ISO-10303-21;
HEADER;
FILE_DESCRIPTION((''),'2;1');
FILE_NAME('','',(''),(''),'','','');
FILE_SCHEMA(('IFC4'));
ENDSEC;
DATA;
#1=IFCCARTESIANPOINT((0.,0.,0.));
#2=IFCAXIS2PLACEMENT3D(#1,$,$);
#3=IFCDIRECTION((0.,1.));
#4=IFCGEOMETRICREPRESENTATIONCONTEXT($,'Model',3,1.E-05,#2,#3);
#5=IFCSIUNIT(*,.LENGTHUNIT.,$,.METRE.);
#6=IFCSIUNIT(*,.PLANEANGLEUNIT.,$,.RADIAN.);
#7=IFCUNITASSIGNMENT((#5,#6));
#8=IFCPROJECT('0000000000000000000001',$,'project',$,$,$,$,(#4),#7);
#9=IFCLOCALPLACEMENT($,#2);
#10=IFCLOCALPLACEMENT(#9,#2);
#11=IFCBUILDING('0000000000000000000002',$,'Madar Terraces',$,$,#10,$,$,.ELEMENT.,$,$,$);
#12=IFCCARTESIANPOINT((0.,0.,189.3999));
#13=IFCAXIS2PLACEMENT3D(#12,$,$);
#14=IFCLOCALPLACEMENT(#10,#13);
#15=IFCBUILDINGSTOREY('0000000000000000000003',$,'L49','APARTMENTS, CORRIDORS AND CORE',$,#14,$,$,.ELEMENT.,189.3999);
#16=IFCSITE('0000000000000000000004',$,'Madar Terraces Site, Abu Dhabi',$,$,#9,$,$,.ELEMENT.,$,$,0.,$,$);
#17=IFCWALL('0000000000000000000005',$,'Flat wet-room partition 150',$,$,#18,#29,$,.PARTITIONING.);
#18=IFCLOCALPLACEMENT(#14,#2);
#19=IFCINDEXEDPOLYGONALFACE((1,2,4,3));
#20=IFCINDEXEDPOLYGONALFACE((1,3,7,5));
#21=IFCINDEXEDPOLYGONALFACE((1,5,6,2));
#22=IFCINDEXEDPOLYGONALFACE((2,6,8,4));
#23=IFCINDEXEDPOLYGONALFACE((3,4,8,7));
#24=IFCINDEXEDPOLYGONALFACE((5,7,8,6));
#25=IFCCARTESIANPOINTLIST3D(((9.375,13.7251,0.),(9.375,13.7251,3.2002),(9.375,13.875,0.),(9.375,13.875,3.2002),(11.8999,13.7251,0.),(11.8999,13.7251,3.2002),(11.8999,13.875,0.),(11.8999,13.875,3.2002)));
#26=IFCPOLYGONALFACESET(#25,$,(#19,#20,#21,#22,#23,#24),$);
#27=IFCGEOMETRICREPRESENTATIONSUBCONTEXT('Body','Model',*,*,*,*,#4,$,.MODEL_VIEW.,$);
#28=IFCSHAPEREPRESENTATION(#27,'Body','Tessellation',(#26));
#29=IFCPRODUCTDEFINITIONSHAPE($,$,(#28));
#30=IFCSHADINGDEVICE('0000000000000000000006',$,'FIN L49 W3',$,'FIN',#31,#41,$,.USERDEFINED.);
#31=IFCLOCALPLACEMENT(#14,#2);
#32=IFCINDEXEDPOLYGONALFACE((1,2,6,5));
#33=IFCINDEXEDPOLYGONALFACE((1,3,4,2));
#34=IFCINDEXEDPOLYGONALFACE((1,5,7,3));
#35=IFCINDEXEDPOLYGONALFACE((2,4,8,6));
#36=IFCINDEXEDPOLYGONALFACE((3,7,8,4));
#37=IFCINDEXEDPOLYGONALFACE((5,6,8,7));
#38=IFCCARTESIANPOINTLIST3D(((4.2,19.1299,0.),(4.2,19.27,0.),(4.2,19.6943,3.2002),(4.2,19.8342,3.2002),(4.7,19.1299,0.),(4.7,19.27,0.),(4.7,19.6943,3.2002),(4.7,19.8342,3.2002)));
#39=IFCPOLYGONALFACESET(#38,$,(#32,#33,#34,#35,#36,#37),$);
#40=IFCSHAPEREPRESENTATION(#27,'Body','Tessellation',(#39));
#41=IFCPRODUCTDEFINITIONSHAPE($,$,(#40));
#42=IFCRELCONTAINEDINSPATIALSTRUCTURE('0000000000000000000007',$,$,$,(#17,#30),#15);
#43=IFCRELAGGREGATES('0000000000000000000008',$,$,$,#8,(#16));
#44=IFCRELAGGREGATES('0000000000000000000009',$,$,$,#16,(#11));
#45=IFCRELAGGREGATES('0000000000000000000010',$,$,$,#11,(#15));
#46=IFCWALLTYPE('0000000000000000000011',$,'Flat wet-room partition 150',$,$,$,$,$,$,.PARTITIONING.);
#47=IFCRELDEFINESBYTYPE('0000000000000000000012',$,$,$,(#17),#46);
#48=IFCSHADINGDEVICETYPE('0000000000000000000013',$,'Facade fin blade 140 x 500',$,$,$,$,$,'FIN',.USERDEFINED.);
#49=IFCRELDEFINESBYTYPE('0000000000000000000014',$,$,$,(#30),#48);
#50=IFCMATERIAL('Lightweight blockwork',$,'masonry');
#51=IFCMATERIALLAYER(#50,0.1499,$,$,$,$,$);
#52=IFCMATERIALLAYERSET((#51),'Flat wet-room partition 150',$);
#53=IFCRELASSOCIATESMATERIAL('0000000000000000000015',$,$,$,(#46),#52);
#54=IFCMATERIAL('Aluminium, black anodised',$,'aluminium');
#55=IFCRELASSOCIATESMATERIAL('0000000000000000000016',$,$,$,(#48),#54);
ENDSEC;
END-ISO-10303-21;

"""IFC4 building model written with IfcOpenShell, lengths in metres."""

from ifc_helpers import new_model, si_unit, direction, frame, frame_2d, origin, place, context, subcontext, project, spatial, polyline, rectangle, outline, extrude, material, layer, layer_set, type_object, element, save


model = new_model("IFC4")

# Units and contexts
model_context = context("Model", 3, precision=1e-05, world=origin(), true_north=direction((0.0, 1.0)))
body_context = subcontext(model_context, "Body", "Model", "MODEL_VIEW")
ifc_project = project(units=[si_unit("LENGTHUNIT", "METRE"), si_unit("PLANEANGLEUNIT", "RADIAN")], contexts=[model_context])

# Site, building, storey
site_placement = place(None, origin())
site = spatial("IfcSite", under=ifc_project, at=site_placement, Name="Madar Terraces Site, Abu Dhabi", CompositionType="ELEMENT", RefElevation=0.0)
building_placement = place(site_placement, origin())
building = spatial("IfcBuilding", under=site, at=building_placement, Name="Madar Terraces", CompositionType="ELEMENT")
storey_placement = place(building_placement, frame((0.0, 0.0, 189.3999)))
storey = spatial("IfcBuildingStorey", under=building, at=storey_placement, Name="L49", Description="APARTMENTS, CORRIDORS AND CORE", CompositionType="ELEMENT", Elevation=189.3999)

# Wall
ifc_material_1 = material(Name="Lightweight blockwork", Category="masonry")
ifc_layer_1 = layer(ifc_material_1, 0.1499)
ifc_layer_set_1 = layer_set([ifc_layer_1], Name="Flat wet-room partition 150")
wall_type_1 = type_object("IfcWallType", Name="Flat wet-room partition 150", PredefinedType="PARTITIONING", material=ifc_layer_set_1)
wall_1_placement = place(storey_placement, frame((11.8999, 13.8, 0.0), z_axis=(0.0, 0.0, 1.0), x_axis=(-1.0, 0.0, 0.0)))
element("IfcWall", 1, at=wall_1_placement, inside=storey, type_object=wall_type_1, Name="Flat wet-room partition 150", PredefinedType="PARTITIONING", context=body_context, shape_type="SweptSolid", body=[
    extrude(rectangle(XDim=2.5249, YDim=0.1499, at=frame_2d((1.2625, 0.0))), origin(), (0.0, 0.0, 1.0), 3.2002),
])

# Shading device
ifc_material_2 = material(Name="Aluminium, black anodised", Category="aluminium")
shading_device_type = type_object("IfcShadingDeviceType", Name="Facade fin blade 140 x 500", ElementType="FIN", PredefinedType="USERDEFINED", material=ifc_material_2)
shading_device_placement = place(storey_placement, frame((4.45, 19.27, 0.0), z_axis=(0.0, 0.0, 1.0), x_axis=(0.0, -1.0, 0.0)))
element("IfcShadingDevice", 2, at=shading_device_placement, inside=storey, type_object=shading_device_type, Name="FIN L49 W3", ObjectType="FIN", PredefinedType="USERDEFINED", context=body_context, shape_type="SweptSolid", body=[
    extrude(outline(polyline([(0.0, 0.0), (0.1401, 0.0), (-0.4243, 3.2002), (-0.5642, 3.2002), (0.0, 0.0)])), frame((0.0, 0.25, 0.0), z_axis=(0.0, -1.0, 0.0), x_axis=(1.0, 0.0, 0.0)), (0.0, 0.0, 1.0), 0.5),
])

save(model, "model.ifc")
